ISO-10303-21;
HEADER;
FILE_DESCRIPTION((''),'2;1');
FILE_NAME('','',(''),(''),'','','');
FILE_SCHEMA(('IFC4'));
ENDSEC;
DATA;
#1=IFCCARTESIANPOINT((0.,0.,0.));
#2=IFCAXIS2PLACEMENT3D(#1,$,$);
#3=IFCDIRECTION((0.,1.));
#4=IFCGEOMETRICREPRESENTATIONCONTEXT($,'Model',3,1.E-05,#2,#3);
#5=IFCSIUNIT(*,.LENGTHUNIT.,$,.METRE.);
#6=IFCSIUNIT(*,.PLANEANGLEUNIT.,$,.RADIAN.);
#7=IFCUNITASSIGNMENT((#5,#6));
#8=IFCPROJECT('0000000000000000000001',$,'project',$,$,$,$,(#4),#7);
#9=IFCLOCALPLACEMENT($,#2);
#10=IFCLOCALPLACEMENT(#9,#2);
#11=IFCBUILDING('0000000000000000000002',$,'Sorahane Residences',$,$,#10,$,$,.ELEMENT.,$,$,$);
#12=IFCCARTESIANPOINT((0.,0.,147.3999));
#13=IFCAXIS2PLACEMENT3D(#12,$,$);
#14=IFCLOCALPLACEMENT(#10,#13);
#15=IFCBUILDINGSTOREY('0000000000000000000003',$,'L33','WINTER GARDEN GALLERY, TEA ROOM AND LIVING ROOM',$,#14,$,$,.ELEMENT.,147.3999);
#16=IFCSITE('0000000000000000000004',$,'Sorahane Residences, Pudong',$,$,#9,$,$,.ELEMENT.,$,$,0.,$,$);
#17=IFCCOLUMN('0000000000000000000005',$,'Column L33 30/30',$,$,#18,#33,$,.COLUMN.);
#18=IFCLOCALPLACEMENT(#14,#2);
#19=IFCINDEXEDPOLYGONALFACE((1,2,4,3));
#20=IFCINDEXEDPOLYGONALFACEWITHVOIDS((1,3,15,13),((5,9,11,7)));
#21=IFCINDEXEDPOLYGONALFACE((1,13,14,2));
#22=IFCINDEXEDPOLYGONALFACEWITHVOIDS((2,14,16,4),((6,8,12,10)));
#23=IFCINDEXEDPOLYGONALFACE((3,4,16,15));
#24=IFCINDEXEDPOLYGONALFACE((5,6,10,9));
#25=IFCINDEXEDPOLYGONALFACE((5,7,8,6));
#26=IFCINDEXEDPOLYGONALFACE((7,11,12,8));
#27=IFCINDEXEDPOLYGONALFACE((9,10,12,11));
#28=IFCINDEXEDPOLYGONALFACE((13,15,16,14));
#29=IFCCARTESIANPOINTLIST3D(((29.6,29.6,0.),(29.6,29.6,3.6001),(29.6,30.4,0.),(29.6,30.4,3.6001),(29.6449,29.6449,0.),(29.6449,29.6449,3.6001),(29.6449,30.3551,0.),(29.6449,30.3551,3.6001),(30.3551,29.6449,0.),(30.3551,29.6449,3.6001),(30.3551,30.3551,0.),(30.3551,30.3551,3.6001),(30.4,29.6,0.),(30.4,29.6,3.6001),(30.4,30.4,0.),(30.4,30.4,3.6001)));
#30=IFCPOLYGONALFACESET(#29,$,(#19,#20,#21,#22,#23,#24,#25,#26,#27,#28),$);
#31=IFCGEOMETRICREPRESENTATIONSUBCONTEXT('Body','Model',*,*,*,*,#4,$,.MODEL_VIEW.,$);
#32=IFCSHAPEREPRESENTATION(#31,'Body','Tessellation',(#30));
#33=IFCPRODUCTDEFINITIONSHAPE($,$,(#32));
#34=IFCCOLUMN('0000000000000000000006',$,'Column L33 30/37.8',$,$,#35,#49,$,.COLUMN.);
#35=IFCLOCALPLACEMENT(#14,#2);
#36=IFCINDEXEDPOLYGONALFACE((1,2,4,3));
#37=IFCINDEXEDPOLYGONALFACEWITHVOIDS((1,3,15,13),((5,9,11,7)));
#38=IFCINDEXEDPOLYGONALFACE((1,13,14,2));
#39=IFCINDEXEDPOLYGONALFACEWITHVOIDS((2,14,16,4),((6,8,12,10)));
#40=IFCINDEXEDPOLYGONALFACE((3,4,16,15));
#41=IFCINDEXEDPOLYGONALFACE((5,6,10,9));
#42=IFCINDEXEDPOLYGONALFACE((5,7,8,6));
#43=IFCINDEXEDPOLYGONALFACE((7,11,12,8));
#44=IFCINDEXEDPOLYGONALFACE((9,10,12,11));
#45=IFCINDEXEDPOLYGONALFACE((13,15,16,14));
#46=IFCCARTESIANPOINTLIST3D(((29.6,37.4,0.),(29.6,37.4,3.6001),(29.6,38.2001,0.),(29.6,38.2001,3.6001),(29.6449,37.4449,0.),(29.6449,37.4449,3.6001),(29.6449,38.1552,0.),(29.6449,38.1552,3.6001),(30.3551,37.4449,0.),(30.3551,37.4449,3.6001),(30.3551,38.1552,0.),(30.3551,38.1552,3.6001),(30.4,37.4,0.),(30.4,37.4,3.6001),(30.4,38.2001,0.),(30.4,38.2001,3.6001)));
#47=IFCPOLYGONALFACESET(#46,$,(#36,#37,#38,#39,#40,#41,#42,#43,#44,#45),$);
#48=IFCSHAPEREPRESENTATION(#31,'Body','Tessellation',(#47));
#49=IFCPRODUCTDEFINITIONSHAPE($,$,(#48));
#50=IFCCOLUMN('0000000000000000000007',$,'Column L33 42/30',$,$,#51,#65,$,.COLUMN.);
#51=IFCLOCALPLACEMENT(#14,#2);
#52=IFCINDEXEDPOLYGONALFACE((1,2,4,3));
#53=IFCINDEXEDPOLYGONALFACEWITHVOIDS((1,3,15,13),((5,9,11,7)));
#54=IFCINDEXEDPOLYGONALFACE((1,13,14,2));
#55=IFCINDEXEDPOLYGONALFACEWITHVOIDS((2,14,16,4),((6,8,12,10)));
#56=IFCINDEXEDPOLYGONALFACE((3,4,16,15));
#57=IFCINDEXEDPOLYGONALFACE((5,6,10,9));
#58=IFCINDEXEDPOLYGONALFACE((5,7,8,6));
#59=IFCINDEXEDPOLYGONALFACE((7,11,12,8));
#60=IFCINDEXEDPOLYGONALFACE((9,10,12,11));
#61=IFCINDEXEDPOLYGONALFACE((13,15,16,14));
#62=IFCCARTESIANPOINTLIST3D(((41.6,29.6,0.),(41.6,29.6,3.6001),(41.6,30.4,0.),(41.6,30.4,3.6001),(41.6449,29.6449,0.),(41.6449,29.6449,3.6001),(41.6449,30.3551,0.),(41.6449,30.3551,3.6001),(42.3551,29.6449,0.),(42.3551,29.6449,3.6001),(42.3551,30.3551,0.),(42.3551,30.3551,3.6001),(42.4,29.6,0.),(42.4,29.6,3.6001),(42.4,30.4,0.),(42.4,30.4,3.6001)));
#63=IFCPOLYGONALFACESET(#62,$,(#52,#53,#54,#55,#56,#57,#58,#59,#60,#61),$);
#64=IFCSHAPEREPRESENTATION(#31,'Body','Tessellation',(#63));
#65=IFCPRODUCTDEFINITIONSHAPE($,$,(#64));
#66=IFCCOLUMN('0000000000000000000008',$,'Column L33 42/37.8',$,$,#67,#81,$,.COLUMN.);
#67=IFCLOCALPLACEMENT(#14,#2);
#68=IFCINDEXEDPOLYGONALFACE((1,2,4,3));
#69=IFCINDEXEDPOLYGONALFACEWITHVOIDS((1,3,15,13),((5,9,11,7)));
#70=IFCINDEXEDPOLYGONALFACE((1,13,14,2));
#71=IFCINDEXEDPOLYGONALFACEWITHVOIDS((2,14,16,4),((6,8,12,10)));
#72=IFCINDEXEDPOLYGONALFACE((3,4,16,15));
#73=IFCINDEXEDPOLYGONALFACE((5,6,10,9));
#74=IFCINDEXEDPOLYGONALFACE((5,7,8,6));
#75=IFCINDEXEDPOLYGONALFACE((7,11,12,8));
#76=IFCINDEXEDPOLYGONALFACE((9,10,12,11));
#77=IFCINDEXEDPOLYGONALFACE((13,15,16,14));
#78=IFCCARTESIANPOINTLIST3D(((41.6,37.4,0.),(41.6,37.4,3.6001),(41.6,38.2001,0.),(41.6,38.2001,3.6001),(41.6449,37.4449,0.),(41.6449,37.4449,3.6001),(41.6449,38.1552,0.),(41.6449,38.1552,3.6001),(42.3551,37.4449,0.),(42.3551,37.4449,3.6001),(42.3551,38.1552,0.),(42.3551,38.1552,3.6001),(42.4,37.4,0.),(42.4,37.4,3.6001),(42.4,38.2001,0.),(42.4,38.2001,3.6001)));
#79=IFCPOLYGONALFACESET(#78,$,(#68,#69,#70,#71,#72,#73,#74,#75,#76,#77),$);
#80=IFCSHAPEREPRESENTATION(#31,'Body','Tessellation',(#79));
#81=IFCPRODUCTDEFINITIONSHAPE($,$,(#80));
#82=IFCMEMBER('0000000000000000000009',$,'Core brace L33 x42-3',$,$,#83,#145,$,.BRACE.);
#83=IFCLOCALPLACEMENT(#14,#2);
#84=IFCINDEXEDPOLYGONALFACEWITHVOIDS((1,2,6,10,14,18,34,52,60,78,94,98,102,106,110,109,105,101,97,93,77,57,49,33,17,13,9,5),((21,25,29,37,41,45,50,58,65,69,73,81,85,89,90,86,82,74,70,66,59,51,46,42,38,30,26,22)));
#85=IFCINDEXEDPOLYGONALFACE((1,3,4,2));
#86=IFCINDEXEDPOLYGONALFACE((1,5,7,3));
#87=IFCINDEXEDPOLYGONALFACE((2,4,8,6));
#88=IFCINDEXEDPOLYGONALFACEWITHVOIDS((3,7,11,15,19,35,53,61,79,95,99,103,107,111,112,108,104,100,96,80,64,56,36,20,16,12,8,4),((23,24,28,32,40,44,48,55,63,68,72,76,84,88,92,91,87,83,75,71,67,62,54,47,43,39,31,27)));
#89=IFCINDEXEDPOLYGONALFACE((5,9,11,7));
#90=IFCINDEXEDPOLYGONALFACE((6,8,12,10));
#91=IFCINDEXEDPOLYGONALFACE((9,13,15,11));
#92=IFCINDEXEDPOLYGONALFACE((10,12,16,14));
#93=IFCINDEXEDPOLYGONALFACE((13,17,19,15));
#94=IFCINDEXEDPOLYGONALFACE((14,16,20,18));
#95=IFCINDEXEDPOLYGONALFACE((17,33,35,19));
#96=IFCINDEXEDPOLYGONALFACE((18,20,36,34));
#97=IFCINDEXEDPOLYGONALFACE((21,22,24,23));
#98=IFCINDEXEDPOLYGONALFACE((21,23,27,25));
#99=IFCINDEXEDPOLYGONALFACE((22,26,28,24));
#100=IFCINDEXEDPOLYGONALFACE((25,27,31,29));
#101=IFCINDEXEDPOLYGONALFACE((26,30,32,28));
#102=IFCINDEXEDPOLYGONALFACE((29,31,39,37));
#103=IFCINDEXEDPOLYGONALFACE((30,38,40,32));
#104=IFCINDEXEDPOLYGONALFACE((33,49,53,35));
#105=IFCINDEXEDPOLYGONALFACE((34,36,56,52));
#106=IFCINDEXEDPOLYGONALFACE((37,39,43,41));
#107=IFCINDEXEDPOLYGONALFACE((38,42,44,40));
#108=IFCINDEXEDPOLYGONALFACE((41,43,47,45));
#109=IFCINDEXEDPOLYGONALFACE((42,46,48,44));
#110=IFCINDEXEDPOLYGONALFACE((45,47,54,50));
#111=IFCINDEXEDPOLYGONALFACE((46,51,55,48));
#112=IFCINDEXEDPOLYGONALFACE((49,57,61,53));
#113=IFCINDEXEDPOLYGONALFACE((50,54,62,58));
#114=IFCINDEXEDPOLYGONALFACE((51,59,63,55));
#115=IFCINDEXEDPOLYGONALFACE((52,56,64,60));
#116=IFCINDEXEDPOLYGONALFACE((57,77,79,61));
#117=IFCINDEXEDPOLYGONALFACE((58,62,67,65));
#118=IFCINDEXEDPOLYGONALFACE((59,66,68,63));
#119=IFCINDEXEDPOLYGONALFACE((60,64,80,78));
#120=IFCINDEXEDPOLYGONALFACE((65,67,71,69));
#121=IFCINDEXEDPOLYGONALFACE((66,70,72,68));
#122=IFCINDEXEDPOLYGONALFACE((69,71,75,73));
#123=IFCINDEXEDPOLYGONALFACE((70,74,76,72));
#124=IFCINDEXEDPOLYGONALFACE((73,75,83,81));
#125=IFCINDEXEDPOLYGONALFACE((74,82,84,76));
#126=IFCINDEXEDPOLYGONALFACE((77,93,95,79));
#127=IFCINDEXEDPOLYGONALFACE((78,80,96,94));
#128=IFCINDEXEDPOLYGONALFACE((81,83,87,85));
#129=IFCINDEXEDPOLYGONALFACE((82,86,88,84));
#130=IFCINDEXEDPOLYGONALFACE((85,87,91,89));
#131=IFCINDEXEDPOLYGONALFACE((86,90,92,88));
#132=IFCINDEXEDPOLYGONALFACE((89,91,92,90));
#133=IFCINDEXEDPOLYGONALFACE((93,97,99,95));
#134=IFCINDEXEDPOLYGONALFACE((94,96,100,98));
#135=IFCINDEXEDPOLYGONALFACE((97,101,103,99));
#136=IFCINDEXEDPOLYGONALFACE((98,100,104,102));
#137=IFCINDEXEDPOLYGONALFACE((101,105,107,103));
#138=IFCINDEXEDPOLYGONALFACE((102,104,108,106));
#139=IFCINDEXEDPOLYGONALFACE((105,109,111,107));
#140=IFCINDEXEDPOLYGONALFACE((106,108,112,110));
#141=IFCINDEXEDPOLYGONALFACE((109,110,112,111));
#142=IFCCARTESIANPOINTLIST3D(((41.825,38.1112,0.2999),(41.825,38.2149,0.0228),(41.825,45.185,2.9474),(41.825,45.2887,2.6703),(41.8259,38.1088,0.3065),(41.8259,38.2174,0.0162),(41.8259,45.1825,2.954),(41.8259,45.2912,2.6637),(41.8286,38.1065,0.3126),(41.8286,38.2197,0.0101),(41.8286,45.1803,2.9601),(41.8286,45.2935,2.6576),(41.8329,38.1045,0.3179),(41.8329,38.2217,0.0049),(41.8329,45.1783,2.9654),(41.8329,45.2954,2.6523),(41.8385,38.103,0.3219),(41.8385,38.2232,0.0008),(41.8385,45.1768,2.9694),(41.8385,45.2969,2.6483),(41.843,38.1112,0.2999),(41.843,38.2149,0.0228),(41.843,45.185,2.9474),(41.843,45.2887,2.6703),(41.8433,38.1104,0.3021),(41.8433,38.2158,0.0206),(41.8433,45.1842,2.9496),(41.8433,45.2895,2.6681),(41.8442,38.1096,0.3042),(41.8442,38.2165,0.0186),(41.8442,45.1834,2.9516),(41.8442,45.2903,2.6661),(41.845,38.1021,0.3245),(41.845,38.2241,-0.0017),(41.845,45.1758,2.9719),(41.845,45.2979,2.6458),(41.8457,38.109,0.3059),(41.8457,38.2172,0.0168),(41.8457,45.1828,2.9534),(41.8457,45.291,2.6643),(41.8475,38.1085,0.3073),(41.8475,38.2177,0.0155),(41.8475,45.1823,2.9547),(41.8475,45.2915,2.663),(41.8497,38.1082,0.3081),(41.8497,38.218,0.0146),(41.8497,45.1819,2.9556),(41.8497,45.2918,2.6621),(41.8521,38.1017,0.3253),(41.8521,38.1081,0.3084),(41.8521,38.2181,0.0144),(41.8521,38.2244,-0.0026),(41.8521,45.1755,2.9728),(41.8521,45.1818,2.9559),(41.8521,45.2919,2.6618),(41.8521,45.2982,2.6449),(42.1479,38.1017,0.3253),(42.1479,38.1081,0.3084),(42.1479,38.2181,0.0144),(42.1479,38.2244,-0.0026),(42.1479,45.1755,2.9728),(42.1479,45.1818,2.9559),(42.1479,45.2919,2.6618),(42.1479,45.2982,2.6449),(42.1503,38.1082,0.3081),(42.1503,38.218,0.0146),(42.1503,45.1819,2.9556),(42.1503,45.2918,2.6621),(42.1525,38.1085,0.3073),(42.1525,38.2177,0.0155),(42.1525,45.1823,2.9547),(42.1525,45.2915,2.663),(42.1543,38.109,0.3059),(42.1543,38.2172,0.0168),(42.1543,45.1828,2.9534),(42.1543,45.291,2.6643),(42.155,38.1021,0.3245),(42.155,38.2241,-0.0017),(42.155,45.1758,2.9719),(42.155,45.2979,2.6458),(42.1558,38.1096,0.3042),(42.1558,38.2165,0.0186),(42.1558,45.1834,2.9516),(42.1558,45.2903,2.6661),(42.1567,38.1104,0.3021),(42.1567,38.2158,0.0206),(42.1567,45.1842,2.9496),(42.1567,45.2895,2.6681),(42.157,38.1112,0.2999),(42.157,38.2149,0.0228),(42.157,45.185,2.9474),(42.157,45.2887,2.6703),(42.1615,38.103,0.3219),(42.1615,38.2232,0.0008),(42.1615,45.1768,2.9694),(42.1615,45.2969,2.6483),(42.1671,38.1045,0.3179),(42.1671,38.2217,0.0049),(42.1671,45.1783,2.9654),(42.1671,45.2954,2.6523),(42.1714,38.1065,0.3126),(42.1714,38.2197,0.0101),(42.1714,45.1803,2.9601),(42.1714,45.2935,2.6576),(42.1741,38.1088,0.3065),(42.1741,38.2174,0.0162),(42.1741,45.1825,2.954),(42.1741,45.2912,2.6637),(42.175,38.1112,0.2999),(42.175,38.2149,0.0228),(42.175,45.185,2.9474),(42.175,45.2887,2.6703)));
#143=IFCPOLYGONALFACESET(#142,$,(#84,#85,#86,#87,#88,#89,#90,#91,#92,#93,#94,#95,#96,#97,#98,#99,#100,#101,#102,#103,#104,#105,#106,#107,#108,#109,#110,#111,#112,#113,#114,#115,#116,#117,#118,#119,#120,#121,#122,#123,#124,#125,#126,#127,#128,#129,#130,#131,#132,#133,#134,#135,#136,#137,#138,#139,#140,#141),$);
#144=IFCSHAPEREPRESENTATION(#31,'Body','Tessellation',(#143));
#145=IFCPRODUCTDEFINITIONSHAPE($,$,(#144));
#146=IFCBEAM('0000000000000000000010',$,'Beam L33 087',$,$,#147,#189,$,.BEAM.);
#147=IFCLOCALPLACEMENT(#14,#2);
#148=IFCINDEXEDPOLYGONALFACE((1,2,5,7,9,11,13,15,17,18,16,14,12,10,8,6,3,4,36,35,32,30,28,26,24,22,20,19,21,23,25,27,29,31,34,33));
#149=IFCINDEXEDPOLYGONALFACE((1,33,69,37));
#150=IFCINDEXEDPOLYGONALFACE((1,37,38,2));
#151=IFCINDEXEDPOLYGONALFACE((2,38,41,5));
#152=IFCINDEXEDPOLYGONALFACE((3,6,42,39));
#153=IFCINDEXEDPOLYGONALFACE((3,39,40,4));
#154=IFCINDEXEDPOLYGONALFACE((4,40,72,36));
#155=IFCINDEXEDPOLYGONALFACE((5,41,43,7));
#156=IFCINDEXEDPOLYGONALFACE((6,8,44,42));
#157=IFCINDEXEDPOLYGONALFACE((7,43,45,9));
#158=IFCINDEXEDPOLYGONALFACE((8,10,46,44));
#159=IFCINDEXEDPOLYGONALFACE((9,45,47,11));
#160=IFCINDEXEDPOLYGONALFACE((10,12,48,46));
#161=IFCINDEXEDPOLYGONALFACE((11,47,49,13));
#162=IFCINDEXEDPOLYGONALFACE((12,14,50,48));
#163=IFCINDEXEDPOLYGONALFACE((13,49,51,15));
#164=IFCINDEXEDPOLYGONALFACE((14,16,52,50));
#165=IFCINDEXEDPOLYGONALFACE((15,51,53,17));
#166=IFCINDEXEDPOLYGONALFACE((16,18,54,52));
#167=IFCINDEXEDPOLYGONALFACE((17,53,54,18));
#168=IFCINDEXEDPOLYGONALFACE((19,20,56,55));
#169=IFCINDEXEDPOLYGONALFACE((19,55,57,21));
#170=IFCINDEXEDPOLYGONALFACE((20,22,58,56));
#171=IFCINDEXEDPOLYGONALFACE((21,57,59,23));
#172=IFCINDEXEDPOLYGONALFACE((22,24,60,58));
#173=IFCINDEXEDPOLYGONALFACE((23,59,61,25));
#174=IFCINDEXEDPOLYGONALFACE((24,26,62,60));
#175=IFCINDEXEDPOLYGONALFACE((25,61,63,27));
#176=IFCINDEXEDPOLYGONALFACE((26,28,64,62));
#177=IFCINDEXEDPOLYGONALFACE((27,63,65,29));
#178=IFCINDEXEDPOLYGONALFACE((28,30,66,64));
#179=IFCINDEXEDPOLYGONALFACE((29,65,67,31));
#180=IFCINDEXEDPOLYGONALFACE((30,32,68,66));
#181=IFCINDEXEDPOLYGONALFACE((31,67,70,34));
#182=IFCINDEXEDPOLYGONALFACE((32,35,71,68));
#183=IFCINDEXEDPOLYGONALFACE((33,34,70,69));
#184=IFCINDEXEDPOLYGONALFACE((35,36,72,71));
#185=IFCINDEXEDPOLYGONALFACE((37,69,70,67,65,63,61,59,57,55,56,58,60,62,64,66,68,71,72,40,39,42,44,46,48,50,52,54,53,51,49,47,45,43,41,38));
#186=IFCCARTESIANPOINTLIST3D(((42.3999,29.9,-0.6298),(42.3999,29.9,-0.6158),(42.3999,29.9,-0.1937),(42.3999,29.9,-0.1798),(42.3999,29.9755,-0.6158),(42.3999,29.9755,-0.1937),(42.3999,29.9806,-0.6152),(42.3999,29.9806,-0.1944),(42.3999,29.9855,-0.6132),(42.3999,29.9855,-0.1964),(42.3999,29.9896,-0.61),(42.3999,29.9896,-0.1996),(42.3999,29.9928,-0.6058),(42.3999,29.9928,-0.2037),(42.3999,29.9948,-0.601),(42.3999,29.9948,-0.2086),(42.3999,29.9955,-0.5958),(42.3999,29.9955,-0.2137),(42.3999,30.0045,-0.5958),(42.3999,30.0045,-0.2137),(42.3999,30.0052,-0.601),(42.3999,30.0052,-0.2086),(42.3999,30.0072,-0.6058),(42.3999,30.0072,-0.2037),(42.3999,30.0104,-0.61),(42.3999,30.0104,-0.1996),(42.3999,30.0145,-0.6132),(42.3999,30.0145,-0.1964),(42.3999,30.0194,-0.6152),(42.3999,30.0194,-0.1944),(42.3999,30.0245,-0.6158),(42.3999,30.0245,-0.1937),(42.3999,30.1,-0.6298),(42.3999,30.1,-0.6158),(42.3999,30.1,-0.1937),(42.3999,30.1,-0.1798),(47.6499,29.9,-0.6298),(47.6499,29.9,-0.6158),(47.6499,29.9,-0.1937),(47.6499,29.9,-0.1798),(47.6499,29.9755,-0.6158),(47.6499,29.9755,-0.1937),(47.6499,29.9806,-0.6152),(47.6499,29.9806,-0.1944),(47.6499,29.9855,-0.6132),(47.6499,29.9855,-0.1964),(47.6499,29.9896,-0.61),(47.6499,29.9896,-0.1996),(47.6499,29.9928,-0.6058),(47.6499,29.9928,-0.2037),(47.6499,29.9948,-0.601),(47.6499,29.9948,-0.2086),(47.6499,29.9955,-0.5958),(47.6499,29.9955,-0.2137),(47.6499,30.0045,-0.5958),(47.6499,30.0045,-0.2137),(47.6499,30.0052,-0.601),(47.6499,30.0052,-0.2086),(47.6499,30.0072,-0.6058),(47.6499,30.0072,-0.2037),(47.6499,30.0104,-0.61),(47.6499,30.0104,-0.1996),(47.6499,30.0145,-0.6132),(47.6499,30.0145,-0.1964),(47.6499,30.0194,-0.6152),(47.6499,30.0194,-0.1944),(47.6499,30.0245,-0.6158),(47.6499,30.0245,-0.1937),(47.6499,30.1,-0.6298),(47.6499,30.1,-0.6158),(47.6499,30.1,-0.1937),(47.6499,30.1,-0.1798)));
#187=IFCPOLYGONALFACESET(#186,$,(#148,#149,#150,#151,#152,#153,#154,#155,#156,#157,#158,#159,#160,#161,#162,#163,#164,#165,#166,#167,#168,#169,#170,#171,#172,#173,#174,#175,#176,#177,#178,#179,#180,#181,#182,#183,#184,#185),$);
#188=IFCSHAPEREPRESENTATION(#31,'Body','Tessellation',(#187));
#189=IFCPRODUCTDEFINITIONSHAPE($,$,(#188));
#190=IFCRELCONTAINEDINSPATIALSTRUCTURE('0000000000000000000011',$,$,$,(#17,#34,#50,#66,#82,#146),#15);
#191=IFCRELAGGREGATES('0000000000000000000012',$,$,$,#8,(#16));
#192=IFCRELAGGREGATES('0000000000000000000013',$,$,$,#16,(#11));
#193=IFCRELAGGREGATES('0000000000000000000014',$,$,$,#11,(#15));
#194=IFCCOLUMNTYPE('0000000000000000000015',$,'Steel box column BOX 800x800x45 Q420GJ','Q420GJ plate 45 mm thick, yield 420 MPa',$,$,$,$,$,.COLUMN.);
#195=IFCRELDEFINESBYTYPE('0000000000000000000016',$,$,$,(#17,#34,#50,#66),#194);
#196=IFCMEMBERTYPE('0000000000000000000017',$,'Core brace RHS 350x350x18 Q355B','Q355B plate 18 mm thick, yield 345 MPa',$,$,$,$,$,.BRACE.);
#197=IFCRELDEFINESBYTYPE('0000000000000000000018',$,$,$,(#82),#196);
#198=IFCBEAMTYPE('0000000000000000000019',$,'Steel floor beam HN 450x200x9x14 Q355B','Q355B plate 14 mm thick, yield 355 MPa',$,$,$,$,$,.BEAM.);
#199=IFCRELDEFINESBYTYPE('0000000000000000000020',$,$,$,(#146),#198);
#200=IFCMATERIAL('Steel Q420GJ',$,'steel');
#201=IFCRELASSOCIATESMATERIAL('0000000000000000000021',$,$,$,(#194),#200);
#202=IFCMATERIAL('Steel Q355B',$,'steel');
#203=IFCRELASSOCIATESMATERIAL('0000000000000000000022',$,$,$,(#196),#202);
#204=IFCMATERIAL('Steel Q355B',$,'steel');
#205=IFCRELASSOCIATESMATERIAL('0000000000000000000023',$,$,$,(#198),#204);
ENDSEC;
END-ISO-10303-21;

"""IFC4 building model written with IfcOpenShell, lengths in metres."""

from ifc_helpers import new_model, si_unit, direction, frame, origin, origin_2d, place, context, subcontext, project, spatial, hollow_rectangle, i_section, extrude, material, material_profile, profile_set, type_object, element, save


model = new_model("IFC4")

# Units and contexts
model_context = context("Model", 3, precision=1e-05, world=origin(), true_north=direction((0.0, 1.0)))
body_context = subcontext(model_context, "Body", "Model", "MODEL_VIEW")
ifc_project = project(units=[si_unit("LENGTHUNIT", "METRE"), si_unit("PLANEANGLEUNIT", "RADIAN")], contexts=[model_context])

# Site, building, storey
site_placement = place(None, origin())
site = spatial("IfcSite", under=ifc_project, at=site_placement, Name="Sorahane Residences, Pudong", CompositionType="ELEMENT", RefElevation=0.0)
building_placement = place(site_placement, origin())
building = spatial("IfcBuilding", under=site, at=building_placement, Name="Sorahane Residences", CompositionType="ELEMENT")
storey_placement = place(building_placement, frame((0.0, 0.0, 147.3999)))
storey = spatial("IfcBuildingStorey", under=building, at=storey_placement, Name="L33", Description="WINTER GARDEN GALLERY, TEA ROOM AND LIVING ROOM", CompositionType="ELEMENT", Elevation=147.3999)

# Columns
ifc_material_1 = material(Name="Steel Q420GJ", Category="steel")
ifc_material_profile_1 = material_profile(ifc_material_1, hollow_rectangle(XDim=0.8, YDim=0.8, WallThickness=0.0449, at=origin_2d()), Name="BOX 800x800x45")
ifc_profile_set_1 = profile_set([ifc_material_profile_1], Name="Steel Q420GJ")
column_type = type_object("IfcColumnType", Name="Steel box column BOX 800x800x45 Q420GJ", Description="Q420GJ plate 45 mm thick, yield 420 MPa", PredefinedType="COLUMN", material=ifc_profile_set_1)
for number, where, z_axis, x_axis, name in (
    (1, (30.0, 30.0, 0.0), (0.0, 0.0, 1.0), (1.0, 0.0, 0.0), "Column L33 30/30"),
    (2, (30.0, 37.8, 0.0), (0.0, 0.0, 1.0), (1.0, 0.0, 0.0), "Column L33 30/37.8"),
    (3, (42.0, 30.0, 0.0), (0.0, 0.0, 1.0), (1.0, 0.0, 0.0), "Column L33 42/30"),
    (4, (42.0, 37.8, 0.0), (0.0, 0.0, 1.0), (1.0, 0.0, 0.0), "Column L33 42/37.8"),
):
    element("IfcColumn", number, at=place(storey_placement, frame(where, z_axis=z_axis, x_axis=x_axis)), inside=storey, type_object=column_type, Name=name, PredefinedType="COLUMN", context=body_context, shape_type="SweptSolid", body=[
        extrude(hollow_rectangle(XDim=0.8, YDim=0.8, WallThickness=0.0449, at=origin_2d()), origin(), (0.0, 0.0, 1.0), 3.6001),
    ])

# Member
ifc_material_2 = material(Name="Steel Q355B", Category="steel")
ifc_material_profile_2 = material_profile(ifc_material_2, hollow_rectangle(XDim=0.3501, YDim=0.3501, WallThickness=0.0181, InnerFilletRadius=0.009, OuterFilletRadius=0.0271, at=origin_2d()), Name="RHS 350x350x18")
ifc_profile_set_2 = profile_set([ifc_material_profile_2], Name="Steel Q355B")
member_type = type_object("IfcMemberType", Name="Core brace RHS 350x350x18 Q355B", Description="Q355B plate 18 mm thick, yield 345 MPa", PredefinedType="BRACE", material=ifc_profile_set_2)
member_placement = place(storey_placement, frame((42.0, 38.1631, 0.1614), z_axis=(0.0, 0.936555, 0.350521), x_axis=(-1.0, 0.0, 0.0)))
element("IfcMember", 5, at=member_placement, inside=storey, type_object=member_type, Name="Core brace L33 x42-3", PredefinedType="BRACE", context=body_context, shape_type="SweptSolid", body=[
    extrude(hollow_rectangle(XDim=0.3501, YDim=0.3501, WallThickness=0.0181, InnerFilletRadius=0.009, OuterFilletRadius=0.0271, at=origin_2d()), origin(), (0.0, 0.0, 1.0), 7.553),
])

# Beam
ifc_material_3 = material(Name="Steel Q355B", Category="steel")
ifc_material_profile_3 = material_profile(ifc_material_3, i_section(OverallWidth=0.2, OverallDepth=0.45, WebThickness=0.009, FlangeThickness=0.0139, FilletRadius=0.02, at=origin_2d()), Name="HN 450x200x9x14")
ifc_profile_set_3 = profile_set([ifc_material_profile_3], Name="Steel Q355B")
beam_type_1 = type_object("IfcBeamType", Name="Steel floor beam HN 450x200x9x14 Q355B", Description="Q355B plate 14 mm thick, yield 355 MPa", PredefinedType="BEAM", material=ifc_profile_set_3)
beam_placement = place(storey_placement, frame((42.3999, 30.0, -0.4048), z_axis=(1.0, 0.0, 0.0), x_axis=(0.0, 1.0, 0.0)))
element("IfcBeam", 6, at=beam_placement, inside=storey, type_object=beam_type_1, Name="Beam L33 087", PredefinedType="BEAM", context=body_context, shape_type="SweptSolid", body=[
    extrude(i_section(OverallWidth=0.2, OverallDepth=0.45, WebThickness=0.009, FlangeThickness=0.0139, FilletRadius=0.02, at=origin_2d()), origin(), (0.0, 0.0, 1.0), 5.25),
])

save(model, "model.ifc")
